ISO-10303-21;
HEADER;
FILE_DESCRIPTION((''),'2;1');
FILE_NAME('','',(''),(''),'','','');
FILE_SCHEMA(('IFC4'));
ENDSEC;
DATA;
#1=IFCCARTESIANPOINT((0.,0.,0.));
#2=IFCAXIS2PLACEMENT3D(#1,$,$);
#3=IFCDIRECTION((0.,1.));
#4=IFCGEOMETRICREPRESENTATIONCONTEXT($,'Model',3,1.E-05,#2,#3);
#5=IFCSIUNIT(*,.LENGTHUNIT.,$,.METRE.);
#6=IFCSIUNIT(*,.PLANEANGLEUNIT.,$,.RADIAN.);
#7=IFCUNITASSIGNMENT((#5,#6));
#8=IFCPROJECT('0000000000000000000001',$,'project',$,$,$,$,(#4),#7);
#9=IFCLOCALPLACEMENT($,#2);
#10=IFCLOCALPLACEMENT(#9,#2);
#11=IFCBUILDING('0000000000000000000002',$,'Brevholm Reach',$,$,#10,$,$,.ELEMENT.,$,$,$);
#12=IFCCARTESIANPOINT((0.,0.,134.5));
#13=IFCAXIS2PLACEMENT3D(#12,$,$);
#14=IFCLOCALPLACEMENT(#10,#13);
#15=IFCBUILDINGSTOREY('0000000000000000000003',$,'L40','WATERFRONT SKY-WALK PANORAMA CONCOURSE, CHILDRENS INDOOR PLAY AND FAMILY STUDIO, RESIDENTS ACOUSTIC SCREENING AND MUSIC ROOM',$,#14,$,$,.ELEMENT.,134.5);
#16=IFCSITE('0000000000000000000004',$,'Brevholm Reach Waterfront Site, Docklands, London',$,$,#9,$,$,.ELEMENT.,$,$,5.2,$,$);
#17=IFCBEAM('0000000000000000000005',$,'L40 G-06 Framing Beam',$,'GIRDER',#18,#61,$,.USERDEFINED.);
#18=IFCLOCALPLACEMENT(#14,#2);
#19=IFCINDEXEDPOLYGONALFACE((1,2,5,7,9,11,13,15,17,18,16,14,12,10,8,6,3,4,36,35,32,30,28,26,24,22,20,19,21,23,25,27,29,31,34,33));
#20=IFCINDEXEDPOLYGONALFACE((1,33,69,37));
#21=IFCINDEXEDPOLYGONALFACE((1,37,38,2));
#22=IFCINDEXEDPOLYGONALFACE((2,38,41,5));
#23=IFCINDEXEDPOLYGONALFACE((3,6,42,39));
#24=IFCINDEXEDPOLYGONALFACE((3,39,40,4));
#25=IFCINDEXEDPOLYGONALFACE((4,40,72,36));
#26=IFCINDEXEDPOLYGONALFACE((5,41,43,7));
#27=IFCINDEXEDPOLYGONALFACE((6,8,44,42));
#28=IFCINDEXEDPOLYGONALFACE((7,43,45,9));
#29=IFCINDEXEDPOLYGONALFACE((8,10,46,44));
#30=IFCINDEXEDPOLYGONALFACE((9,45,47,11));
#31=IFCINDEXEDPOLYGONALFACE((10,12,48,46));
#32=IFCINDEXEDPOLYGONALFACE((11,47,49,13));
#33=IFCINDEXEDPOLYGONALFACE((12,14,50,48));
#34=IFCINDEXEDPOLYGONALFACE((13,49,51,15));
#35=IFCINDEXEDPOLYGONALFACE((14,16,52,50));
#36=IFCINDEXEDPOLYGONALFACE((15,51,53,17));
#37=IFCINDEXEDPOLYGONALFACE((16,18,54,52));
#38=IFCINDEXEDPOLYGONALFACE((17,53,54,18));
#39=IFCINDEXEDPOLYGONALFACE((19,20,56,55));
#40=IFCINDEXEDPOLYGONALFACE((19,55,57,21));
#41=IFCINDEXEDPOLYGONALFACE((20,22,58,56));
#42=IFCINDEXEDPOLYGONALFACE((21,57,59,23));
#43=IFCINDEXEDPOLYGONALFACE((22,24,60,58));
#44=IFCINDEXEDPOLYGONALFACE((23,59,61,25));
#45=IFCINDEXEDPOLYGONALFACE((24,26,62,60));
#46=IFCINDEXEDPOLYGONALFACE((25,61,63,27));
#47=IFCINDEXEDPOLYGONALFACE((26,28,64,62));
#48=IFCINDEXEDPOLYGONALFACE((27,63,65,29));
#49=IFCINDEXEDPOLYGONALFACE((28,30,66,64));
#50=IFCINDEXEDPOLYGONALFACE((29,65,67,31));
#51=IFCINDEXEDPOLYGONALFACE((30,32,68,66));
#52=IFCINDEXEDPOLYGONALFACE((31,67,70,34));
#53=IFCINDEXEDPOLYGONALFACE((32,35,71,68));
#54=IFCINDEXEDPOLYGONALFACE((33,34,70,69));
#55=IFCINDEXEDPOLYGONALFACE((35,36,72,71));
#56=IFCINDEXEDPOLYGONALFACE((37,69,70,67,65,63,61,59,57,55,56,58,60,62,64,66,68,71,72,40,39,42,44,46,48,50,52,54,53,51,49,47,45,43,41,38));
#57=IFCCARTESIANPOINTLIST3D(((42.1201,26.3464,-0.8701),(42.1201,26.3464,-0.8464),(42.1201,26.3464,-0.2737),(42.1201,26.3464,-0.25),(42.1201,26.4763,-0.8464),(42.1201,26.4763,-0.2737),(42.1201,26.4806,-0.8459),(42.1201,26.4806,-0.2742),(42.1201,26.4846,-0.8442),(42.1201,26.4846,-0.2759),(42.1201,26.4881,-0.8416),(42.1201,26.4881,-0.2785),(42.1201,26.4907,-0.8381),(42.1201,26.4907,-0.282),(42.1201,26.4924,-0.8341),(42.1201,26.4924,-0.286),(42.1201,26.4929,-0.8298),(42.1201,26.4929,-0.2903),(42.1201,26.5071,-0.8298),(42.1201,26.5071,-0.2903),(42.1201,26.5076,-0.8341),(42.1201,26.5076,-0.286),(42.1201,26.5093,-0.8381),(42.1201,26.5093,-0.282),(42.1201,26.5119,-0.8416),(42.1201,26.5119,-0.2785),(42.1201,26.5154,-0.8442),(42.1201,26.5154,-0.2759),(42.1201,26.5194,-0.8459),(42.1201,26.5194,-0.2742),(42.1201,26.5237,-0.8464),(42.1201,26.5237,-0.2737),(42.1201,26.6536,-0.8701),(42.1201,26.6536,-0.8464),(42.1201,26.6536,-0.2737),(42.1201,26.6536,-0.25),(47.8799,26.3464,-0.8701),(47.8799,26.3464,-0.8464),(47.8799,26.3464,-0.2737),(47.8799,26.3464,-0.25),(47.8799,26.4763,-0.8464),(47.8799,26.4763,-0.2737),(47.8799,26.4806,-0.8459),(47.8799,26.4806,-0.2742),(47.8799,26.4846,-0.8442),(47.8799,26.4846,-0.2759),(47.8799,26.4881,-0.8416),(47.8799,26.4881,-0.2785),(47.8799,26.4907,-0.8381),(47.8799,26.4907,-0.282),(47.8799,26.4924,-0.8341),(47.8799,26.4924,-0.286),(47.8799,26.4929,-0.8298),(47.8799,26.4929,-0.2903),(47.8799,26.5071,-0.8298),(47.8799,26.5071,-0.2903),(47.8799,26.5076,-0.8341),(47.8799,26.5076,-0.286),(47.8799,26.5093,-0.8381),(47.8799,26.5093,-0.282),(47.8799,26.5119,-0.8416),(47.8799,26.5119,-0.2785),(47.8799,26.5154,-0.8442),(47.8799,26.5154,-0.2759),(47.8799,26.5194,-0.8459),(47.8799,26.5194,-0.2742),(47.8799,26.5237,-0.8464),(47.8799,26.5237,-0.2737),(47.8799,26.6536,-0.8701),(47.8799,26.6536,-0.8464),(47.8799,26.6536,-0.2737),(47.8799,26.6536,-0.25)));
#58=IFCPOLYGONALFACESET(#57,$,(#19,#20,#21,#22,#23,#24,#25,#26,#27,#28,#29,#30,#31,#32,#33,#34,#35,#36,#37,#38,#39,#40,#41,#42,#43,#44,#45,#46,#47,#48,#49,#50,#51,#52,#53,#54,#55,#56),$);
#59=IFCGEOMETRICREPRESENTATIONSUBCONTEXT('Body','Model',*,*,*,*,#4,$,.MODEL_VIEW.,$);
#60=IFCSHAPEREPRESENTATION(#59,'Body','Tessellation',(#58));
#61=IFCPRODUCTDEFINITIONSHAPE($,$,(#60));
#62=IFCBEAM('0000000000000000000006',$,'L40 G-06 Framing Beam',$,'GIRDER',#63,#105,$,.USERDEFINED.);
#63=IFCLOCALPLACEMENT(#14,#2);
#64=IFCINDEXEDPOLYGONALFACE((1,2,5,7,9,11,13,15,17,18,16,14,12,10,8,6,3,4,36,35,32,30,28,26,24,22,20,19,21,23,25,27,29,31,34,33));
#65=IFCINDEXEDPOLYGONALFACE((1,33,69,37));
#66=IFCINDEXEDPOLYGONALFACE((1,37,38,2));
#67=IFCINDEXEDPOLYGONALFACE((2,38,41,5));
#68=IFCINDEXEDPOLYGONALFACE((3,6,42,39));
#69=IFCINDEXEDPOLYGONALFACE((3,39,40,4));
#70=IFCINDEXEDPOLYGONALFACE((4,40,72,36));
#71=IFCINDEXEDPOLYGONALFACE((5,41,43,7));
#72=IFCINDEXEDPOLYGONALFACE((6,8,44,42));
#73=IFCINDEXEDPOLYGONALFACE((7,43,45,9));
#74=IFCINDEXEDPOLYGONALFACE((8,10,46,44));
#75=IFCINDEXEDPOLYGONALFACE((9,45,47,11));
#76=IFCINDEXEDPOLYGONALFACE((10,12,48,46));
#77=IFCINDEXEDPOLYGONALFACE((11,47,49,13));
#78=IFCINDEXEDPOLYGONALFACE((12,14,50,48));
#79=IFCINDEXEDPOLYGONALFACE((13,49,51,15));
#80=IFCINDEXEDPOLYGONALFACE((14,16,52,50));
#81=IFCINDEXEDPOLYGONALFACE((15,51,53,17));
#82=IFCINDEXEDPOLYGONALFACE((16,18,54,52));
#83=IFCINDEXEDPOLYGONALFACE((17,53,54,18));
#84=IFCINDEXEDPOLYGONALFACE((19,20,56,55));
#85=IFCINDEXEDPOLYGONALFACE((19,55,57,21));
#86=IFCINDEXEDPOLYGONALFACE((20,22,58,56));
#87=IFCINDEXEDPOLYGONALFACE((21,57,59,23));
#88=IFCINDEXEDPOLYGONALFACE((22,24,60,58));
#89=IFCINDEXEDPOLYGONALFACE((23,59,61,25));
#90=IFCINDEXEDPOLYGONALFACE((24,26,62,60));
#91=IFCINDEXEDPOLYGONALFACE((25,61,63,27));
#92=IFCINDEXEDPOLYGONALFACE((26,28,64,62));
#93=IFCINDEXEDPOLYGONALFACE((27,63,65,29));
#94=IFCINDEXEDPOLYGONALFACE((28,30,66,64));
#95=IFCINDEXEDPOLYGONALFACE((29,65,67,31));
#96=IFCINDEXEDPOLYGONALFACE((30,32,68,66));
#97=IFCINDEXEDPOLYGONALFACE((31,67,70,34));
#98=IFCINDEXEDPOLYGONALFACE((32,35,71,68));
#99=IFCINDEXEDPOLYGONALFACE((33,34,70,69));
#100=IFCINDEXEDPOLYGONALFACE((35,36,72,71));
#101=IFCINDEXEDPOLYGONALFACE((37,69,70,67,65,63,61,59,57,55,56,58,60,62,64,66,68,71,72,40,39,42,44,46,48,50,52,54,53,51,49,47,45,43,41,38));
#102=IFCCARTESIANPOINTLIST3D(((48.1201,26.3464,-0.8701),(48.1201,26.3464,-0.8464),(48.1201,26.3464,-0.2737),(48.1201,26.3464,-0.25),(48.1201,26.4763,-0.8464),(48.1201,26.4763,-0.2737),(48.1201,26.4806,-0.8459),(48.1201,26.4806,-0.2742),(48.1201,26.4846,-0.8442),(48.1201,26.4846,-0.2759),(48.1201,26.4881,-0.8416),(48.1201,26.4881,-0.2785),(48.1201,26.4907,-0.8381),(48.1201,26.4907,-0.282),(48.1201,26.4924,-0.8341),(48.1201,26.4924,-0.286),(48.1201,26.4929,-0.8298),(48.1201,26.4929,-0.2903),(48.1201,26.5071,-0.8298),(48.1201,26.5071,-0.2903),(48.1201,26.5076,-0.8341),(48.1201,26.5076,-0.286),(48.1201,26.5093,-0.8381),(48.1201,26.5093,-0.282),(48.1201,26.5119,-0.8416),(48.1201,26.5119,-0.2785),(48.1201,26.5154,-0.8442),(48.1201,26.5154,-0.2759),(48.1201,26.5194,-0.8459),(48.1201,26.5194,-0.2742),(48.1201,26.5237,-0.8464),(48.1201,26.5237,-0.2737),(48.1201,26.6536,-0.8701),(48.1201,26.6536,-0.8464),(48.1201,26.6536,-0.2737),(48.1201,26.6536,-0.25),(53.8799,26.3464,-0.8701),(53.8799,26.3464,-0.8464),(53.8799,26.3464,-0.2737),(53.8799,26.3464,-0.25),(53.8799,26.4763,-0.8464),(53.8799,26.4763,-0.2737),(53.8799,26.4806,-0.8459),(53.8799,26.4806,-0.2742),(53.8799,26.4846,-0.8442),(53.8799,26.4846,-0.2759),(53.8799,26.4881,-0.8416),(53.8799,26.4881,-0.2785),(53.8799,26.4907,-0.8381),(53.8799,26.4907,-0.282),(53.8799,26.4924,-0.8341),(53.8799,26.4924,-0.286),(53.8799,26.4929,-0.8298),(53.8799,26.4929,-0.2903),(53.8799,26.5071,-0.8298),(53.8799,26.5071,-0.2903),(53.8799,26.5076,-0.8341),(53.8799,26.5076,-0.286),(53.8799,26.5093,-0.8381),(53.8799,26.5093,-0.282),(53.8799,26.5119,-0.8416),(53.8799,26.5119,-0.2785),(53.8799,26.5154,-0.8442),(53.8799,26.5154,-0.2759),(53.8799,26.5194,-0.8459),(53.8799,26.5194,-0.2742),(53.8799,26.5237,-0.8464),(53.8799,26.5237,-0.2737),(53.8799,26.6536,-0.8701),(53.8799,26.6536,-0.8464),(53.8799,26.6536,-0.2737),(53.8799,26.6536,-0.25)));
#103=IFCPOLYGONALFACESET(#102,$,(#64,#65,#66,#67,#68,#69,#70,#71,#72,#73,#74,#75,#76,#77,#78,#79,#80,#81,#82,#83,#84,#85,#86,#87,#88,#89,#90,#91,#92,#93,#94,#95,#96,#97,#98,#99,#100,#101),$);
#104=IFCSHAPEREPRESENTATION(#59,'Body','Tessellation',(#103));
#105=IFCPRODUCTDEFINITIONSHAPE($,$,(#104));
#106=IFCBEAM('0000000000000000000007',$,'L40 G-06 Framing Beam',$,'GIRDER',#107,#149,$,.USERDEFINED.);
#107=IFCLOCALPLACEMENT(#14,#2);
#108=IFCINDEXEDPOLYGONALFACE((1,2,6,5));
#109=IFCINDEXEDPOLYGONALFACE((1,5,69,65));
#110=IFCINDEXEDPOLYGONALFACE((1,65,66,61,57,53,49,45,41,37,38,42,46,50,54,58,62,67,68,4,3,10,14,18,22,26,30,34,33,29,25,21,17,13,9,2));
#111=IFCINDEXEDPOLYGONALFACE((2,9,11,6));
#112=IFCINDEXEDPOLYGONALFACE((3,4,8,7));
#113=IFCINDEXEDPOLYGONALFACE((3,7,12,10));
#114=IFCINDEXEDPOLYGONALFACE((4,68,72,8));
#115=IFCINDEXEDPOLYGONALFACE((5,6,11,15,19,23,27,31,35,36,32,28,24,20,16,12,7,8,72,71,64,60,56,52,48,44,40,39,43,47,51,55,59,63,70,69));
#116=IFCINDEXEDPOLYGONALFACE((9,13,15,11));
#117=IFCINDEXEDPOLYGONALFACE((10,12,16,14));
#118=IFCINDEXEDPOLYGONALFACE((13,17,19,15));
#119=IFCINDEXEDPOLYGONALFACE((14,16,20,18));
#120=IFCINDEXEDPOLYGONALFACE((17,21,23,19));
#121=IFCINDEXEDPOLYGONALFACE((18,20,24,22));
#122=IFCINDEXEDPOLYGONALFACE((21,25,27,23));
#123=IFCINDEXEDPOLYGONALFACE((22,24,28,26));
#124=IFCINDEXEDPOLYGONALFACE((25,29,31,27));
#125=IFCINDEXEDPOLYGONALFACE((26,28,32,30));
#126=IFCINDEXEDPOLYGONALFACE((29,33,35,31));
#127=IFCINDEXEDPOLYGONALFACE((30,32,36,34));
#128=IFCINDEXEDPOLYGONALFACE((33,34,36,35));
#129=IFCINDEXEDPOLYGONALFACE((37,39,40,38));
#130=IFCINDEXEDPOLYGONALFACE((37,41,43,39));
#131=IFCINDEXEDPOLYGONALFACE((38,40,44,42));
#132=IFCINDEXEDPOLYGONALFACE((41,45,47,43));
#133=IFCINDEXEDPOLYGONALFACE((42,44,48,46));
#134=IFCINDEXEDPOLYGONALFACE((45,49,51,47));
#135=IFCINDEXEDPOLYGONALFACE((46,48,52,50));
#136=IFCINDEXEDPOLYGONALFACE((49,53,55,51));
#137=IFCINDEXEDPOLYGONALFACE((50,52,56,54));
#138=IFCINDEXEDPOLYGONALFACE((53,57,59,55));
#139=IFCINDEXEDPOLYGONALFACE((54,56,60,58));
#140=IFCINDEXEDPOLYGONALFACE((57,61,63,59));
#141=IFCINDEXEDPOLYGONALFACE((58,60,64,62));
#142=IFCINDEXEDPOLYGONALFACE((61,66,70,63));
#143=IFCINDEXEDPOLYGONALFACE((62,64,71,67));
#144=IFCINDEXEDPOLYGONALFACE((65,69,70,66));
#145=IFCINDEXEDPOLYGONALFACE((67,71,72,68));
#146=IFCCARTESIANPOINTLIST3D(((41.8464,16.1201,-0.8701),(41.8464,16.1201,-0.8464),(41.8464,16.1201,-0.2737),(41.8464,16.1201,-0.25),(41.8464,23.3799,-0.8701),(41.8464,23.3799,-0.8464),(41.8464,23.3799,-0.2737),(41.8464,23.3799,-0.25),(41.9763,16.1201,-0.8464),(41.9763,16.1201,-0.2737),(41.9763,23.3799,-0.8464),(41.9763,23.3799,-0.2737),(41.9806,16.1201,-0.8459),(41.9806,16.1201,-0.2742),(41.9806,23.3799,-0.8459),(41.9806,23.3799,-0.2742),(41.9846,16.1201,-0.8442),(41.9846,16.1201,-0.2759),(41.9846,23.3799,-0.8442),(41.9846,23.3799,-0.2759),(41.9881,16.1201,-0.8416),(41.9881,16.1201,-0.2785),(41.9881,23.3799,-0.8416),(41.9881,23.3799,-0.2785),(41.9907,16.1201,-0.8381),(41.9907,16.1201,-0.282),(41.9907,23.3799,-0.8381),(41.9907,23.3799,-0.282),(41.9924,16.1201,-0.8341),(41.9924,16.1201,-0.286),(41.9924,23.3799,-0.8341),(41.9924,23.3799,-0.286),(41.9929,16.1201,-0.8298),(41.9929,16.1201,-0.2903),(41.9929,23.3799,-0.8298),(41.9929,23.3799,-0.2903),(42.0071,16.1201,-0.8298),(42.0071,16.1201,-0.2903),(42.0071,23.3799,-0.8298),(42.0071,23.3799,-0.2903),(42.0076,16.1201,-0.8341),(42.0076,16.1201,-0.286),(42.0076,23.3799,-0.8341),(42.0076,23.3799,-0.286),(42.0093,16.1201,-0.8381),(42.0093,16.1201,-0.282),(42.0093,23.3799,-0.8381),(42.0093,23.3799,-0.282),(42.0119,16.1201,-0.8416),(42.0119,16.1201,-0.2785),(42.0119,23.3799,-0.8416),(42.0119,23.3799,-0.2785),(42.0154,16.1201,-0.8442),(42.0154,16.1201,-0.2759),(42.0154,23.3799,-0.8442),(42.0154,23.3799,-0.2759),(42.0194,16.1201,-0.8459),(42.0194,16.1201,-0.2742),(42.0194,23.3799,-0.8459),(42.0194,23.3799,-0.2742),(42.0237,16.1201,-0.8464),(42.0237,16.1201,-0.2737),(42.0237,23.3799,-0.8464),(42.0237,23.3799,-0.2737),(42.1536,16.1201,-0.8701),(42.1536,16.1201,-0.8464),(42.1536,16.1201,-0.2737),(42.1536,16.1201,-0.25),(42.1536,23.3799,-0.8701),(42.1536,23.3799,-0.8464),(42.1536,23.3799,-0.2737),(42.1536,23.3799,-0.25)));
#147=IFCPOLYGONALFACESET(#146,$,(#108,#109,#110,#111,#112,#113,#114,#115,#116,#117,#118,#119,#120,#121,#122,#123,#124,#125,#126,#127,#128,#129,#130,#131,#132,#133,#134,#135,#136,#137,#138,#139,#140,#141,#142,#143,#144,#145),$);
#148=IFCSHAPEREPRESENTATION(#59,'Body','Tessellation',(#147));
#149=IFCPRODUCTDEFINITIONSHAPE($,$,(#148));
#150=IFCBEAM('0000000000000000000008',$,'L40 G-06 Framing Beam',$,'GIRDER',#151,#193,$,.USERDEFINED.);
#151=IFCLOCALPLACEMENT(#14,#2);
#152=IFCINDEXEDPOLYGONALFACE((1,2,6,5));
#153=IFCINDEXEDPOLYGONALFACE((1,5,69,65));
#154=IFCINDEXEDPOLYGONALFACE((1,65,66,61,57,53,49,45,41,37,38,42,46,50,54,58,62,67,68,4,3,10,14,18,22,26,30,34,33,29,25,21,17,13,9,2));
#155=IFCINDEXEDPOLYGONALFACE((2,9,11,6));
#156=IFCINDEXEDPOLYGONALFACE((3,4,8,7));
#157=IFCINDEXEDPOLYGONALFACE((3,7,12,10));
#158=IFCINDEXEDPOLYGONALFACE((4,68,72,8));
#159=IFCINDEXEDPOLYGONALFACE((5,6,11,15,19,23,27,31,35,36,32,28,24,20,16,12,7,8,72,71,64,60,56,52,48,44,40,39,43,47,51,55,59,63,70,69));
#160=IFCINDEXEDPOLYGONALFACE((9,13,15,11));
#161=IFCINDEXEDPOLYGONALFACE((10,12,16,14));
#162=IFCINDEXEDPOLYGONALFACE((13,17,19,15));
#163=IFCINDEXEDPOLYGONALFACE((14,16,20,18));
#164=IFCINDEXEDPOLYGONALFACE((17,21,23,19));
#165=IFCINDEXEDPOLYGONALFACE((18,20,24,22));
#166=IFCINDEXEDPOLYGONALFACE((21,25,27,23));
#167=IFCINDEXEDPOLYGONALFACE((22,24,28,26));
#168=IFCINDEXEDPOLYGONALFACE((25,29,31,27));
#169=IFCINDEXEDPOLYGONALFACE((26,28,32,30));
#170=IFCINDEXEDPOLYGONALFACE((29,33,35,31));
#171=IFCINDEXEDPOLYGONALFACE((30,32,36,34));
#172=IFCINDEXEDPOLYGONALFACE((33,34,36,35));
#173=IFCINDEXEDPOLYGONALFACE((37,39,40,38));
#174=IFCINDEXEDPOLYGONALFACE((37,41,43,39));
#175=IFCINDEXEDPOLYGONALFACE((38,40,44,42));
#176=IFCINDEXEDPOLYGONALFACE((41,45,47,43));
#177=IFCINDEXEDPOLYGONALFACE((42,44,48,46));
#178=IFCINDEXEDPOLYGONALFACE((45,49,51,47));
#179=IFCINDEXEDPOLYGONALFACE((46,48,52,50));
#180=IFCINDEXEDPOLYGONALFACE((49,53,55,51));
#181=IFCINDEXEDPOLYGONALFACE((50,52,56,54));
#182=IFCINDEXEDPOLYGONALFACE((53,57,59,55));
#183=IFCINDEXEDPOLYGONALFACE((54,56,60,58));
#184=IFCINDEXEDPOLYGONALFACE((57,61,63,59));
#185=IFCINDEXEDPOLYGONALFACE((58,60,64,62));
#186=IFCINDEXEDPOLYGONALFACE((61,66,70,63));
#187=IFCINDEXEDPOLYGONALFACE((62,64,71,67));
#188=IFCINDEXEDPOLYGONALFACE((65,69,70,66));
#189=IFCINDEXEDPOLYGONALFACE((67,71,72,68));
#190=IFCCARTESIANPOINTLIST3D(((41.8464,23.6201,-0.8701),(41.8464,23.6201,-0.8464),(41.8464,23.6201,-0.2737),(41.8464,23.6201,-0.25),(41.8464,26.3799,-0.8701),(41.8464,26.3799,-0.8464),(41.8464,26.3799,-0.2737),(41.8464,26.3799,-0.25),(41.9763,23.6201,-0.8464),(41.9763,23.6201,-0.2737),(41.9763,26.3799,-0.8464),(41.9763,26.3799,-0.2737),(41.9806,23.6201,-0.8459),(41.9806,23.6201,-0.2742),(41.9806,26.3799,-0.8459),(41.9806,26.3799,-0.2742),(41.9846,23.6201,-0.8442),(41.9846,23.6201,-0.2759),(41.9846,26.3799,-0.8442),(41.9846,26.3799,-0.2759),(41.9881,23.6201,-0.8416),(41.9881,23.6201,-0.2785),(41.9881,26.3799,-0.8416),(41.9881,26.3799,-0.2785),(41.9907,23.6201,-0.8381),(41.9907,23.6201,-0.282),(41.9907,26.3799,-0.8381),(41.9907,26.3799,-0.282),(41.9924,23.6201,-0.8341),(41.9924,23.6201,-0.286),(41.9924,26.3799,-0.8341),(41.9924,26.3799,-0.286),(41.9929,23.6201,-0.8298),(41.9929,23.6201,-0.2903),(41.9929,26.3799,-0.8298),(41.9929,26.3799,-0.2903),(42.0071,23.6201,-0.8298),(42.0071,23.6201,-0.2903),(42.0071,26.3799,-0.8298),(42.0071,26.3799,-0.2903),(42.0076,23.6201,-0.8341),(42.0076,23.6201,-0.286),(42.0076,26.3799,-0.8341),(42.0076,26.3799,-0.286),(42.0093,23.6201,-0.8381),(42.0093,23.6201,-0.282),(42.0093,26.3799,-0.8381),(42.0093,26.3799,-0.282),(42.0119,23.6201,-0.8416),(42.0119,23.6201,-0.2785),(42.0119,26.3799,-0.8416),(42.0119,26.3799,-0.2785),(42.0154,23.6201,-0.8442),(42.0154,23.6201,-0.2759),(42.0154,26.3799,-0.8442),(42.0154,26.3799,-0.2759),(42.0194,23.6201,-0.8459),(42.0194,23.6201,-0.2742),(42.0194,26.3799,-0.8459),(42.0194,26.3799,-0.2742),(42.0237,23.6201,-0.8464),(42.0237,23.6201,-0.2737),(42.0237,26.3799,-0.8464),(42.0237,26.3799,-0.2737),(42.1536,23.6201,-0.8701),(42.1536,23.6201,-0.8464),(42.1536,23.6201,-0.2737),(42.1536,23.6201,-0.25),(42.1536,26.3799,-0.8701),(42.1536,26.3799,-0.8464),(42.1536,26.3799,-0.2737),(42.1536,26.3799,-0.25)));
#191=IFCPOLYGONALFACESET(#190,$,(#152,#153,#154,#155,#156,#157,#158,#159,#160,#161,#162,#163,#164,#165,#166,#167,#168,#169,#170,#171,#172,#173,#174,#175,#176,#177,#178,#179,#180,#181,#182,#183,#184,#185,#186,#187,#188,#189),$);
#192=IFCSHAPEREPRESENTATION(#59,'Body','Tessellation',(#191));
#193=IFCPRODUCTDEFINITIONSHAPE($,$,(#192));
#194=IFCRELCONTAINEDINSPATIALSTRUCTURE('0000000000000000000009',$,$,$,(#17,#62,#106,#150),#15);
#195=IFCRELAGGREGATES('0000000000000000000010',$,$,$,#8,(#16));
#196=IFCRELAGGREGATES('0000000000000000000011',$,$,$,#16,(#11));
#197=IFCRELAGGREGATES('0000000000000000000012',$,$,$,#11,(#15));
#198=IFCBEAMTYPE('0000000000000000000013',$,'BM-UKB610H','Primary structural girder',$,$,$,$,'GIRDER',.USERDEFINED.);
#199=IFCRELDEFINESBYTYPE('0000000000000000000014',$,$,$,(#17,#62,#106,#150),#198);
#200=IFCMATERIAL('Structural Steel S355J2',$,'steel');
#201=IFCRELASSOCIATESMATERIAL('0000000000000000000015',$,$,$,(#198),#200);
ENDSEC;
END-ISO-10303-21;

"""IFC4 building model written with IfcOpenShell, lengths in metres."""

from ifc_helpers import new_model, si_unit, direction, frame, origin, origin_2d, place, context, subcontext, project, spatial, i_section, extrude, material, material_profile, profile_set, type_object, element, save


model = new_model("IFC4")

# Units and contexts
model_context = context("Model", 3, precision=1e-05, world=origin(), true_north=direction((0.0, 1.0)))
body_context = subcontext(model_context, "Body", "Model", "MODEL_VIEW")
ifc_project = project(units=[si_unit("LENGTHUNIT", "METRE"), si_unit("PLANEANGLEUNIT", "RADIAN")], contexts=[model_context])

# Site, building, storey
site_placement = place(None, origin())
site = spatial("IfcSite", under=ifc_project, at=site_placement, Name="Brevholm Reach Waterfront Site, Docklands, London", CompositionType="ELEMENT", RefElevation=5.2)
building_placement = place(site_placement, origin())
building = spatial("IfcBuilding", under=site, at=building_placement, Name="Brevholm Reach", CompositionType="ELEMENT")
storey_placement = place(building_placement, frame((0.0, 0.0, 134.5)))
storey = spatial("IfcBuildingStorey", under=building, at=storey_placement, Name="L40", Description="WATERFRONT SKY-WALK PANORAMA CONCOURSE, CHILDRENS INDOOR PLAY AND FAMILY STUDIO, RESIDENTS ACOUSTIC SCREENING AND MUSIC ROOM", CompositionType="ELEMENT", Elevation=134.5)

# Beams
ifc_material_1 = material(Name="Structural Steel S355J2", Category="steel")
ifc_material_profile_1 = material_profile(ifc_material_1, i_section(OverallWidth=0.3071, OverallDepth=0.6201, WebThickness=0.0142, FlangeThickness=0.0237, FilletRadius=0.0166, at=origin_2d()), Name="UKB 610x305x179")
ifc_profile_set_1 = profile_set([ifc_material_profile_1], Name="Structural Steel S355J2")
beam_type_1 = type_object("IfcBeamType", Name="BM-UKB610H", Description="Primary structural girder", ElementType="GIRDER", PredefinedType="USERDEFINED", material=ifc_profile_set_1)
for number, where, z_axis, x_axis, name in (
    (1, (42.1201, 26.5, -0.5601), (1.0, 0.0, 0.0), (0.0, 1.0, 0.0), "L40 G-06 Framing Beam"),
    (2, (48.1201, 26.5, -0.5601), (1.0, 0.0, 0.0), (0.0, 1.0, 0.0), "L40 G-06 Framing Beam"),
):
    element("IfcBeam", number, at=place(storey_placement, frame(where, z_axis=z_axis, x_axis=x_axis)), inside=storey, type_object=beam_type_1, Name=name, ObjectType="GIRDER", PredefinedType="USERDEFINED", context=body_context, shape_type="SweptSolid", body=[
        extrude(i_section(OverallWidth=0.3071, OverallDepth=0.6201, WebThickness=0.0142, FlangeThickness=0.0237, FilletRadius=0.0166, at=origin_2d()), origin(), (0.0, 0.0, 1.0), 5.7598),
    ])
beam_1_placement = place(storey_placement, frame((42.0, 16.1201, -0.5601), z_axis=(0.0, 1.0, 0.0), x_axis=(-1.0, 0.0, 0.0)))
element("IfcBeam", 3, at=beam_1_placement, inside=storey, type_object=beam_type_1, Name="L40 G-06 Framing Beam", ObjectType="GIRDER", PredefinedType="USERDEFINED", context=body_context, shape_type="SweptSolid", body=[
    extrude(i_section(OverallWidth=0.3071, OverallDepth=0.6201, WebThickness=0.0142, FlangeThickness=0.0237, FilletRadius=0.0166, at=origin_2d()), origin(), (0.0, 0.0, 1.0), 7.2598),
])
beam_2_placement = place(storey_placement, frame((42.0, 23.6201, -0.5601), z_axis=(0.0, 1.0, 0.0), x_axis=(-1.0, 0.0, 0.0)))
element("IfcBeam", 4, at=beam_2_placement, inside=storey, type_object=beam_type_1, Name="L40 G-06 Framing Beam", ObjectType="GIRDER", PredefinedType="USERDEFINED", context=body_context, shape_type="SweptSolid", body=[
    extrude(i_section(OverallWidth=0.3071, OverallDepth=0.6201, WebThickness=0.0142, FlangeThickness=0.0237, FilletRadius=0.0166, at=origin_2d()), origin(), (0.0, 0.0, 1.0), 2.7598),
])

save(model, "model.ifc")
